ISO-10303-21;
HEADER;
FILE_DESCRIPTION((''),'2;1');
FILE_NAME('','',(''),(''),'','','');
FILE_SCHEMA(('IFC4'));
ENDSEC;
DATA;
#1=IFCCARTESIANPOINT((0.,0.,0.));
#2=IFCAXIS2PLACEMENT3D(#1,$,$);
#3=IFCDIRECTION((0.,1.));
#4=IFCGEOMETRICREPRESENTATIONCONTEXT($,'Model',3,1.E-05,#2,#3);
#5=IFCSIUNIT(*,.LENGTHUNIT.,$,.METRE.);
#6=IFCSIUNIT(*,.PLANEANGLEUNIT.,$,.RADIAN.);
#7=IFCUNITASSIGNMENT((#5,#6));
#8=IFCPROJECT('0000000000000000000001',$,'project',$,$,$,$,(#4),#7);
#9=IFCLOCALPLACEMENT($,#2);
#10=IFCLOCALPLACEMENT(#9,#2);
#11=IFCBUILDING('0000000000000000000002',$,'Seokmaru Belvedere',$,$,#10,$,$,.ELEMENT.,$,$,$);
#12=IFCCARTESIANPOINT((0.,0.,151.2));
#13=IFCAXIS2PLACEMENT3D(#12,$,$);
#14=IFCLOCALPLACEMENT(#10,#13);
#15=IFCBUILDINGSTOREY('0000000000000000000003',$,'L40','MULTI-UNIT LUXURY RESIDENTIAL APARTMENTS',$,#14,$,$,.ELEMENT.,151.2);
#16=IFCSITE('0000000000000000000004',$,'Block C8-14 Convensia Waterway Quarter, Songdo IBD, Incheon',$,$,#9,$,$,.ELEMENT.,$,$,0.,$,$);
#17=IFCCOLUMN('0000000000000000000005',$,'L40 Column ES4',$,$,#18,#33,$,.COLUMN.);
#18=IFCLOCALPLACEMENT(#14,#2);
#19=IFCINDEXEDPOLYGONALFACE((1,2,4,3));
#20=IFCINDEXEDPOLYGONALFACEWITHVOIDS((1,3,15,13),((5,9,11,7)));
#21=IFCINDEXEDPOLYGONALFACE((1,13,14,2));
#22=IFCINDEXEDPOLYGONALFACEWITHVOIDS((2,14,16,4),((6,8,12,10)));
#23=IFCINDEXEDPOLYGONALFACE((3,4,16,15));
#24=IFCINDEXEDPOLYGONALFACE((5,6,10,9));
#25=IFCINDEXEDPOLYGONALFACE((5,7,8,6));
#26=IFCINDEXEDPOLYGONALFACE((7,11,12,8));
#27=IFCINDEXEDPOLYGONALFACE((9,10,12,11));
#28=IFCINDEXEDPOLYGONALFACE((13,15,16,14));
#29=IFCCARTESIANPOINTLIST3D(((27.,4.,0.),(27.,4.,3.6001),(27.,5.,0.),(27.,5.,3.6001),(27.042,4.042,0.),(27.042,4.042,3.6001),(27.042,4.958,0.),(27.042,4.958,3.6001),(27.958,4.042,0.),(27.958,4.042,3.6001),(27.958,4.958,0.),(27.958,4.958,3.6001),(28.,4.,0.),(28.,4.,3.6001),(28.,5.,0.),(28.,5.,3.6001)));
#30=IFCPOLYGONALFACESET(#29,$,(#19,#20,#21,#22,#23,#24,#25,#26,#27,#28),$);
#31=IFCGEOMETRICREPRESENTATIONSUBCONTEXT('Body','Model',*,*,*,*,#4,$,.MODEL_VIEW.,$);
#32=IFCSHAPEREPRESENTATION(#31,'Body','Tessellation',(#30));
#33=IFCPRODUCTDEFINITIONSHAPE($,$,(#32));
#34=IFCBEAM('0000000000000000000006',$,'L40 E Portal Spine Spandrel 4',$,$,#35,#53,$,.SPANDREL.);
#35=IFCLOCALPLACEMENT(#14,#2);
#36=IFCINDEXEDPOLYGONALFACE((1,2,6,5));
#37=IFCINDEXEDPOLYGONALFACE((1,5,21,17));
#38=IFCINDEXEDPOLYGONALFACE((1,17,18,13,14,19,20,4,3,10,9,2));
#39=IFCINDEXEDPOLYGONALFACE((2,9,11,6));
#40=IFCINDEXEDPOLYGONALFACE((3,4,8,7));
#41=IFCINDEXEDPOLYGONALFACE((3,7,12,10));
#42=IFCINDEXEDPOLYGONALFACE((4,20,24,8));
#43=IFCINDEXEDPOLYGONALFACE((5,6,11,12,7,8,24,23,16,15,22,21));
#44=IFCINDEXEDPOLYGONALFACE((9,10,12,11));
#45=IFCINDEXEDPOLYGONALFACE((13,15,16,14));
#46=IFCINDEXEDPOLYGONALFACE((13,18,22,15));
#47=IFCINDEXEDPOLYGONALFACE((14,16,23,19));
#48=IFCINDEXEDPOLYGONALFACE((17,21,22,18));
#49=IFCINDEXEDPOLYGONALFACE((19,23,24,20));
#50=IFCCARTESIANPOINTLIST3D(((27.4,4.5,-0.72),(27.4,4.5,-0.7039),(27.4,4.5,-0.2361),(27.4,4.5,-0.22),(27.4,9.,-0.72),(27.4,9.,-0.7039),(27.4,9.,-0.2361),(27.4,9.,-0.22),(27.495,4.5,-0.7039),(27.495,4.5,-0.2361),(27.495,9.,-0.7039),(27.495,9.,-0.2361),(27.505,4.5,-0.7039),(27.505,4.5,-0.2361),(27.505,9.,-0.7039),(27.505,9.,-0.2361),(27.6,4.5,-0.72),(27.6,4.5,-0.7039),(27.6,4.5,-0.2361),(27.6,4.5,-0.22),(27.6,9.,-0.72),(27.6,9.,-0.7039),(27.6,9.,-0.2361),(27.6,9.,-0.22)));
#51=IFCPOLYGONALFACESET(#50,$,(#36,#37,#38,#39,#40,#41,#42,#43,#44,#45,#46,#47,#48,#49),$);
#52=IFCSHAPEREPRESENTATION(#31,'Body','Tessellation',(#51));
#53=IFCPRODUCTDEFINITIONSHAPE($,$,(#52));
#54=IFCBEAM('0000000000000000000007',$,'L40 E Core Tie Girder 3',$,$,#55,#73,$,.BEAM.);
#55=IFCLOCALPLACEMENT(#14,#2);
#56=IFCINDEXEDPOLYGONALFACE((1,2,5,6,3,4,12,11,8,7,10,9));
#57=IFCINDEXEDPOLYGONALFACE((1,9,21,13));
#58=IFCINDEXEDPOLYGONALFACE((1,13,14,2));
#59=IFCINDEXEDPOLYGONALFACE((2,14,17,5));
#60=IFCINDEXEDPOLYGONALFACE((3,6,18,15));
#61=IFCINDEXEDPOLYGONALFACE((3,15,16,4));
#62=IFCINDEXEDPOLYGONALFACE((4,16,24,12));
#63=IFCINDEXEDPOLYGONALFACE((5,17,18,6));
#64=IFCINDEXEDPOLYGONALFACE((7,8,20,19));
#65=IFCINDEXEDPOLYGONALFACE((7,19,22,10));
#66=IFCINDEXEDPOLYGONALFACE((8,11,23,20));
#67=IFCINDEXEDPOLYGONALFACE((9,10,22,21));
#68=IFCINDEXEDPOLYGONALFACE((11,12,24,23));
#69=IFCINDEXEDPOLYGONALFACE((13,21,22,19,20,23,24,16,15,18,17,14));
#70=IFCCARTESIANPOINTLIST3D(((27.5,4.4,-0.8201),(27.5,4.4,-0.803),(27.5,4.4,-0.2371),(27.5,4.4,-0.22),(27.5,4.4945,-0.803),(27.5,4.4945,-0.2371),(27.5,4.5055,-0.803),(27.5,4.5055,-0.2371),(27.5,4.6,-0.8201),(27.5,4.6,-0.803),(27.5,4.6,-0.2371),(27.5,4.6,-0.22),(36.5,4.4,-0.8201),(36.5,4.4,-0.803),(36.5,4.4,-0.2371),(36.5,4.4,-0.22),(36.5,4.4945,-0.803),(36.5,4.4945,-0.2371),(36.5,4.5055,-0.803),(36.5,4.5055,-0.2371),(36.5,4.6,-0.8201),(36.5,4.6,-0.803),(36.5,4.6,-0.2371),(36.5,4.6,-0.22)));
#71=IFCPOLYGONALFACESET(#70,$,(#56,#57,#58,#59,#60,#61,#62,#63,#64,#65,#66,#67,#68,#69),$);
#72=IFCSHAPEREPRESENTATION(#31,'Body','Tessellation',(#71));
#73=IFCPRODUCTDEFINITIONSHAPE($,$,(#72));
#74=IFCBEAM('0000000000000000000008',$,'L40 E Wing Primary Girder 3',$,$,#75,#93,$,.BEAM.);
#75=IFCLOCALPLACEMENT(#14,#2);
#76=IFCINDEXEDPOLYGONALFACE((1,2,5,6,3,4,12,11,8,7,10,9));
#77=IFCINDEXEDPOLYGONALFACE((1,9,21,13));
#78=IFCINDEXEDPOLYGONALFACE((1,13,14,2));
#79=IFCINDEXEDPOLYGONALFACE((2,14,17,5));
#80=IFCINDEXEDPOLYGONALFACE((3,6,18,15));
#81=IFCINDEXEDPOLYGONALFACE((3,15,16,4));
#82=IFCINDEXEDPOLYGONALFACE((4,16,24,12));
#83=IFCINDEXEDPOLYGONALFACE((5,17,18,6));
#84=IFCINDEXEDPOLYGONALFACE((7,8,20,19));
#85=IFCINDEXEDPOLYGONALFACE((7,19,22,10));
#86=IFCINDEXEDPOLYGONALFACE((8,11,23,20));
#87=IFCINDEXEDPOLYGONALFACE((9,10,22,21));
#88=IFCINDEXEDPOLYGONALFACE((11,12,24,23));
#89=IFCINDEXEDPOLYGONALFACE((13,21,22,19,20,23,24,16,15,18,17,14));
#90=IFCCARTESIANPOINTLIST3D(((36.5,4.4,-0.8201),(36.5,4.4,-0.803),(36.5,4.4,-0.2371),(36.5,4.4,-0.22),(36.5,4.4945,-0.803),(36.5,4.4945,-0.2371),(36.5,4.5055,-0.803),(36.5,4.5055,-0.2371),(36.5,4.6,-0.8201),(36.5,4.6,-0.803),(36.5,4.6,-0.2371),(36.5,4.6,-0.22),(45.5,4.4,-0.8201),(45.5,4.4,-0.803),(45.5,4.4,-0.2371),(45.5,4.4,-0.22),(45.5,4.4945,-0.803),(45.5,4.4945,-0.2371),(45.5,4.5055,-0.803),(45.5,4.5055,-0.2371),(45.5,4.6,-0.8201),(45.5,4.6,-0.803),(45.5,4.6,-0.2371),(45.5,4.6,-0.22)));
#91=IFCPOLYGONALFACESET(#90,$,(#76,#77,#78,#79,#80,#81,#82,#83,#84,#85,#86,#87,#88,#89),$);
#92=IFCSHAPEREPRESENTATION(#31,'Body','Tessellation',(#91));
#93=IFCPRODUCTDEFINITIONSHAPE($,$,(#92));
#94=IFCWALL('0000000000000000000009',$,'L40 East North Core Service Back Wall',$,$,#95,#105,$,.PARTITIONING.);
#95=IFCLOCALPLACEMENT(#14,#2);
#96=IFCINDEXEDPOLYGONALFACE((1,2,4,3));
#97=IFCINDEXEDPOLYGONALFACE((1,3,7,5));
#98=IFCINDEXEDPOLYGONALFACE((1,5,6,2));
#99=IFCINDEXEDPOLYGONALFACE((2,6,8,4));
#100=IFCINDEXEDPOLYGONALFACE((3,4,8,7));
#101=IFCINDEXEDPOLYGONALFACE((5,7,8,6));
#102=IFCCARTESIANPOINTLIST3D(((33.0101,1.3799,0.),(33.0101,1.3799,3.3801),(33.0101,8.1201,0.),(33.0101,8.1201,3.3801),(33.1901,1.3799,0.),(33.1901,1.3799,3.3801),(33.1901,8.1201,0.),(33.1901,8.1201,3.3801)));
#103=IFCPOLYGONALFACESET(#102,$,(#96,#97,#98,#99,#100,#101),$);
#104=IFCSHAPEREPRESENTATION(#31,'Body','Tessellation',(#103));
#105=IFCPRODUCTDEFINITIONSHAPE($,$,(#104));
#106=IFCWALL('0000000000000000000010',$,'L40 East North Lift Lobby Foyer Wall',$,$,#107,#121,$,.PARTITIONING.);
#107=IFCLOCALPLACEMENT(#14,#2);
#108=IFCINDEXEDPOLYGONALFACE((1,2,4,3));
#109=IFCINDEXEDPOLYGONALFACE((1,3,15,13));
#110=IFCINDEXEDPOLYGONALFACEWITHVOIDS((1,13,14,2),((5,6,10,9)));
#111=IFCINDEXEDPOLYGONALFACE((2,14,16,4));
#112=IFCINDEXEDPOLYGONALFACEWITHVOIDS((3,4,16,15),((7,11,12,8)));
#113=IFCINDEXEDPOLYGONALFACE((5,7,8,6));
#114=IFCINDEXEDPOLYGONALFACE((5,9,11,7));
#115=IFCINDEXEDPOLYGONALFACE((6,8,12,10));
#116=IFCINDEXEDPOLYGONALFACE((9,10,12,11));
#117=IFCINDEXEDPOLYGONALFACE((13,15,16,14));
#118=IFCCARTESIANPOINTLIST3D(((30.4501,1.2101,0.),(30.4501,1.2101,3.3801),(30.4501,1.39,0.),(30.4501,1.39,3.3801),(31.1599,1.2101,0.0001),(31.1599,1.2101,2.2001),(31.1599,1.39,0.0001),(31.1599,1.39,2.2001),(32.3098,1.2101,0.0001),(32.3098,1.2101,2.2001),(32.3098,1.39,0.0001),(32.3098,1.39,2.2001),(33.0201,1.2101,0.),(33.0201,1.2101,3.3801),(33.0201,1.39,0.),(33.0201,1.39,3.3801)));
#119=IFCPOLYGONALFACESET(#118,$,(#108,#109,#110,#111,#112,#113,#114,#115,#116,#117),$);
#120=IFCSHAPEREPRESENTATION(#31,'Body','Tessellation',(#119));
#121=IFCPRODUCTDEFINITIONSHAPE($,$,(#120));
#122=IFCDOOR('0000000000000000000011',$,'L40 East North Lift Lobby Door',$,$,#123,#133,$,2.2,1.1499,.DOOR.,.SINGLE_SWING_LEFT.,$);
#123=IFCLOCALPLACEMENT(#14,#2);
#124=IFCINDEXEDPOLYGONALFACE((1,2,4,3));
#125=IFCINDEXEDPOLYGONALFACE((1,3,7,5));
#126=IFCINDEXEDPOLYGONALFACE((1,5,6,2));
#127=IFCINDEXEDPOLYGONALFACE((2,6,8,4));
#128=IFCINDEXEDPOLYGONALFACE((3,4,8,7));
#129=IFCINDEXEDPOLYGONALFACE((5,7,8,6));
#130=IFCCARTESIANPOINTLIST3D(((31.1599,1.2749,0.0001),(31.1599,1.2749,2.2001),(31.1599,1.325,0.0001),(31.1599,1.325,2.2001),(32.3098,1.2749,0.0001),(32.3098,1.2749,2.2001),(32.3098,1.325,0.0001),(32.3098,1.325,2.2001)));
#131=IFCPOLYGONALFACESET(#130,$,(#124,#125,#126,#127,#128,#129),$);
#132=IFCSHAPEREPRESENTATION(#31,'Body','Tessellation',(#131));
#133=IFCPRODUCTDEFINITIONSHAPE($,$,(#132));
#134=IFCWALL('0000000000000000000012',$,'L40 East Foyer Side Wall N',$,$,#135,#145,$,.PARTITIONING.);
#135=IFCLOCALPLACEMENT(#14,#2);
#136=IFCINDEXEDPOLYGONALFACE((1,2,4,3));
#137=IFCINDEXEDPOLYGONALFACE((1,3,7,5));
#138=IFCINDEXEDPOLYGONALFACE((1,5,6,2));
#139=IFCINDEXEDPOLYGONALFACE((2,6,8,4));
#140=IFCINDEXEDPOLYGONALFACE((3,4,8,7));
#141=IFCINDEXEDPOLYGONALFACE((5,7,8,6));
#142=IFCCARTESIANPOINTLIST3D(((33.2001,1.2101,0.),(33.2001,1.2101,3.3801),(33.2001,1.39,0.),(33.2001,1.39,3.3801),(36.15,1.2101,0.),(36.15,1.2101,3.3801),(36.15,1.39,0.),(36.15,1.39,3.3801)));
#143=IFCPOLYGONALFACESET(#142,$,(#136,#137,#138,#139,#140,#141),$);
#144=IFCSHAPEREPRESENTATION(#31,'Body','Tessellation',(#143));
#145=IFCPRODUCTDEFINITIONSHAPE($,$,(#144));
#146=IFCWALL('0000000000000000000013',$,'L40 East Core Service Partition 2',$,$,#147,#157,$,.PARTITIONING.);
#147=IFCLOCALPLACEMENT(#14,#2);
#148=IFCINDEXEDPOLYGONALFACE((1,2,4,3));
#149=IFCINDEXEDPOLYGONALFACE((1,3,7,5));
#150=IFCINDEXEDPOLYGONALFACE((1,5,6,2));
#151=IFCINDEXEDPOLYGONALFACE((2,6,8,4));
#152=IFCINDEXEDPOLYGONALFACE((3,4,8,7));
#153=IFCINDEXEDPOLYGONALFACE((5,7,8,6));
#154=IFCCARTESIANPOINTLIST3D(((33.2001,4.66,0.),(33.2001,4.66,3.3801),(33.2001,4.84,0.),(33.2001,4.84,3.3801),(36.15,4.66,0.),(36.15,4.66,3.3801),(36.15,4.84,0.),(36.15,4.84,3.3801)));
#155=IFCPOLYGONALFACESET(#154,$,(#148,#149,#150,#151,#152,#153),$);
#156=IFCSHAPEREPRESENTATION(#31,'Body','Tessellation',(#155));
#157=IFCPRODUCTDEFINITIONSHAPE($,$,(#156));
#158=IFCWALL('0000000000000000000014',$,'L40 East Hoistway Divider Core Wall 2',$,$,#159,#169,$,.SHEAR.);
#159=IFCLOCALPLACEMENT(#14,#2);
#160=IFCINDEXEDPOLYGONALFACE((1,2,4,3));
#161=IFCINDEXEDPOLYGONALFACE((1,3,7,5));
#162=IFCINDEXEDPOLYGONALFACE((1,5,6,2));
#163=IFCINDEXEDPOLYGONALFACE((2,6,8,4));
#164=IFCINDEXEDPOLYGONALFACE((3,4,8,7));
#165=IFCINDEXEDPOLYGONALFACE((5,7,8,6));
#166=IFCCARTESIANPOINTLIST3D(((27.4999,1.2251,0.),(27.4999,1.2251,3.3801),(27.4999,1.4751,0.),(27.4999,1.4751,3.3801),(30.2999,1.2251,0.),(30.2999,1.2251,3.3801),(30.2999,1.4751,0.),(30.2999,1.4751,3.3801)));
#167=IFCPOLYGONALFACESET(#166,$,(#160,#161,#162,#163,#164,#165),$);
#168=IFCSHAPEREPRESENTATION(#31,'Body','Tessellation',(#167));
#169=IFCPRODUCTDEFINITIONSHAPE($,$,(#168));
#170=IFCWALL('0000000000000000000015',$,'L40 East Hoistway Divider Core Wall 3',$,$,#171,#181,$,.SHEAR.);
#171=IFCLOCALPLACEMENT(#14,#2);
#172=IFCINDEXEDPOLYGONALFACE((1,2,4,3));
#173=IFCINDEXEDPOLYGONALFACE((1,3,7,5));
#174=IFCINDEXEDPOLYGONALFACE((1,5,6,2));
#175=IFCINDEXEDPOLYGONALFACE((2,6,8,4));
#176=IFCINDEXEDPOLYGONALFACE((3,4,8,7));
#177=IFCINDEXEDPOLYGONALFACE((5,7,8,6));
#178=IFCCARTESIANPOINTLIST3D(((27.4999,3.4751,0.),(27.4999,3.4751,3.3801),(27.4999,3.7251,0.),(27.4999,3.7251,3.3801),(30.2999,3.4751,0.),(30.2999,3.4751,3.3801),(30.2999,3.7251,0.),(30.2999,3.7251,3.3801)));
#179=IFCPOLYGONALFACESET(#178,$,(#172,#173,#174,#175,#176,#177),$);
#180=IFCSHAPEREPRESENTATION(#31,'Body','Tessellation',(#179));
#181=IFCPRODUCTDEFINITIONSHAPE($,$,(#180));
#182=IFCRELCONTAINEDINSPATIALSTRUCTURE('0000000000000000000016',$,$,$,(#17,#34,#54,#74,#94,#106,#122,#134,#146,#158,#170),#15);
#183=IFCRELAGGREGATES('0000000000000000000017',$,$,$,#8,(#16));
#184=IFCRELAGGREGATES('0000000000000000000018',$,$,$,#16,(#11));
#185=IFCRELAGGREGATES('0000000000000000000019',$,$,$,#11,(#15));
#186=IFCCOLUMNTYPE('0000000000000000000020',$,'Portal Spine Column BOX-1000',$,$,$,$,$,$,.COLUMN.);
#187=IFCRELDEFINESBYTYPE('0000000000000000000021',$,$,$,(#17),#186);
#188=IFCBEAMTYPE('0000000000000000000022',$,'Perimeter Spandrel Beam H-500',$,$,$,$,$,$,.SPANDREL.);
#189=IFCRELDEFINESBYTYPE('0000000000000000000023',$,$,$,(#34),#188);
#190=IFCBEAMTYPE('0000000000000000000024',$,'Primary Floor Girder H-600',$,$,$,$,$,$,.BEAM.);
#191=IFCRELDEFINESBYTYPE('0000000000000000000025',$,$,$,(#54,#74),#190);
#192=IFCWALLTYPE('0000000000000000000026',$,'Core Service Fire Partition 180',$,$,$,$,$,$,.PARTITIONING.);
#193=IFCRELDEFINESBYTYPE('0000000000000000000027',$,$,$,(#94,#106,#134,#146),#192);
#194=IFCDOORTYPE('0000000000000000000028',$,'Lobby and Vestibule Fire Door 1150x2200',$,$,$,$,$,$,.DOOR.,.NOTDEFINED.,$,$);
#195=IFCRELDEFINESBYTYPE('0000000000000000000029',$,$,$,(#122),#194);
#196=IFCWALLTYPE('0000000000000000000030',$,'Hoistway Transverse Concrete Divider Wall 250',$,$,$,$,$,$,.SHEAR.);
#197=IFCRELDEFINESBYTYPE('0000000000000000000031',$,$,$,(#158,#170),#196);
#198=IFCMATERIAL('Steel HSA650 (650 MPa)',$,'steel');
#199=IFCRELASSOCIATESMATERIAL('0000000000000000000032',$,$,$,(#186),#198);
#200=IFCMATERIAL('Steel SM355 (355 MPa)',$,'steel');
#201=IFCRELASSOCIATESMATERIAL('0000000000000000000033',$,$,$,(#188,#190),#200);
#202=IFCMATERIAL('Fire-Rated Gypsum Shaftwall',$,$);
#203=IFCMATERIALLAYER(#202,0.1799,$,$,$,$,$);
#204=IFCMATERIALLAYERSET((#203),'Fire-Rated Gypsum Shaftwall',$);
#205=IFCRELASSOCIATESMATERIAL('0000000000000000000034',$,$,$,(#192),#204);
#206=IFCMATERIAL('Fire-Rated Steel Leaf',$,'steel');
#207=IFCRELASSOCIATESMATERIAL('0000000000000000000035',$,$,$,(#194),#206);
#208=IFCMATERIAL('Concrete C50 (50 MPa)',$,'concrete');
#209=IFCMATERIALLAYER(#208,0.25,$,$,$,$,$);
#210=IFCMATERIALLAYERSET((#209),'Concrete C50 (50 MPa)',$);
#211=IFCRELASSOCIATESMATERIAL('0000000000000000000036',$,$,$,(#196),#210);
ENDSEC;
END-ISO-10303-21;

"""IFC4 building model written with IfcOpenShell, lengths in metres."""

from ifc_helpers import new_model, si_unit, direction, frame, frame_2d, origin, origin_2d, place, context, subcontext, project, spatial, rectangle, hollow_rectangle, i_section, extrude, source, transform, mapped, material, layer, layer_set, material_profile, profile_set, type_object, type_shapes, element, fill, save


model = new_model("IFC4")

# Units and contexts
model_context = context("Model", 3, precision=1e-05, world=origin(), true_north=direction((0.0, 1.0)))
body_context = subcontext(model_context, "Body", "Model", "MODEL_VIEW")
ifc_project = project(units=[si_unit("LENGTHUNIT", "METRE"), si_unit("PLANEANGLEUNIT", "RADIAN")], contexts=[model_context])

# Site, building, storey
site_placement = place(None, origin())
site = spatial("IfcSite", under=ifc_project, at=site_placement, Name="Block C8-14 Convensia Waterway Quarter, Songdo IBD, Incheon", CompositionType="ELEMENT", RefElevation=0.0)
building_placement = place(site_placement, origin())
building = spatial("IfcBuilding", under=site, at=building_placement, Name="Seokmaru Belvedere", CompositionType="ELEMENT")
storey_placement = place(building_placement, frame((0.0, 0.0, 151.2)))
storey = spatial("IfcBuildingStorey", under=building, at=storey_placement, Name="L40", Description="MULTI-UNIT LUXURY RESIDENTIAL APARTMENTS", CompositionType="ELEMENT", Elevation=151.2)

# Column
ifc_material_1 = material(Name="Steel HSA650 (650 MPa)", Category="steel")
ifc_material_profile_1 = material_profile(ifc_material_1, hollow_rectangle(XDim=1.0, YDim=1.0, WallThickness=0.042, at=origin_2d()), Name="BOX-1000x1000x42")
ifc_profile_set_1 = profile_set([ifc_material_profile_1], Name="Steel HSA650 (650 MPa)")
column_type = type_object("IfcColumnType", Name="Portal Spine Column BOX-1000", PredefinedType="COLUMN", material=ifc_profile_set_1)
shared_shape_1 = source(origin(), body_context, "Body", "SweptSolid", [
    extrude(hollow_rectangle(XDim=1.0, YDim=1.0, WallThickness=0.042, at=origin_2d()), origin(), (0.0, 0.0, 1.0), 3.6001),
])
type_shapes(column_type, [shared_shape_1])
column_placement = place(storey_placement, frame((27.5, 4.5, 0.0), z_axis=(0.0, 0.0, 1.0), x_axis=(1.0, 0.0, 0.0)))
element("IfcColumn", 1, at=column_placement, inside=storey, type_object=column_type, Name="L40 Column ES4", PredefinedType="COLUMN", context=body_context, shape_type="MappedRepresentation", body=[
    mapped(shared_shape_1, transform((0.0, 0.0, 0.0), scale=1.0)),
])

# Beams
ifc_material_2 = material(Name="Steel SM355 (355 MPa)", Category="steel")
ifc_material_profile_2 = material_profile(ifc_material_2, i_section(OverallWidth=0.2, OverallDepth=0.5, WebThickness=0.01, FlangeThickness=0.0161, at=origin_2d()), Name="H-500x200x10x16")
ifc_profile_set_2 = profile_set([ifc_material_profile_2], Name="Steel SM355 (355 MPa)")
beam_type_1 = type_object("IfcBeamType", Name="Perimeter Spandrel Beam H-500", PredefinedType="SPANDREL", material=ifc_profile_set_2)
shared_shape_2 = source(origin(), body_context, "Body", "SweptSolid", [
    extrude(i_section(OverallWidth=0.2, OverallDepth=0.5, WebThickness=0.01, FlangeThickness=0.0161, at=origin_2d()), origin(), (0.0, 0.0, 1.0), 4.5),
])
type_shapes(beam_type_1, [shared_shape_2])
beam_placement = place(storey_placement, frame((27.5, 4.5, -0.47), z_axis=(0.0, 1.0, 0.0), x_axis=(-1.0, 0.0, 0.0)))
element("IfcBeam", 2, at=beam_placement, inside=storey, type_object=beam_type_1, Name="L40 E Portal Spine Spandrel 4", PredefinedType="SPANDREL", context=body_context, shape_type="MappedRepresentation", body=[
    mapped(shared_shape_2, transform((0.0, 0.0, 0.0), scale=1.0)),
])
ifc_material_profile_3 = material_profile(ifc_material_2, i_section(OverallWidth=0.2, OverallDepth=0.6001, WebThickness=0.011, FlangeThickness=0.0171, at=origin_2d()), Name="H-600x200x11x17")
ifc_profile_set_3 = profile_set([ifc_material_profile_3], Name="Steel SM355 (355 MPa)")
beam_type_2 = type_object("IfcBeamType", Name="Primary Floor Girder H-600", PredefinedType="BEAM", material=ifc_profile_set_3)
shared_shape_3 = source(origin(), body_context, "Body", "SweptSolid", [
    extrude(i_section(OverallWidth=0.2, OverallDepth=0.6001, WebThickness=0.011, FlangeThickness=0.0171, at=origin_2d()), origin(), (0.0, 0.0, 1.0), 9.0),
])
type_shapes(beam_type_2, [shared_shape_3])
for number, where, z_axis, x_axis, name in (
    (3, (27.5, 4.5, -0.52), (1.0, 0.0, 0.0), (0.0, 1.0, 0.0), "L40 E Core Tie Girder 3"),
    (4, (36.5, 4.5, -0.52), (1.0, 0.0, 0.0), (0.0, 1.0, 0.0), "L40 E Wing Primary Girder 3"),
):
    element("IfcBeam", number, at=place(storey_placement, frame(where, z_axis=z_axis, x_axis=x_axis)), inside=storey, type_object=beam_type_2, Name=name, PredefinedType="BEAM", context=body_context, shape_type="MappedRepresentation", body=[
        mapped(shared_shape_3, transform((0.0, 0.0, 0.0), scale=1.0)),
    ])

# Wall
ifc_material_3 = material(Name="Fire-Rated Gypsum Shaftwall")
ifc_layer_1 = layer(ifc_material_3, 0.1799)
ifc_layer_set_1 = layer_set([ifc_layer_1], Name="Fire-Rated Gypsum Shaftwall")
wall_type_1 = type_object("IfcWallType", Name="Core Service Fire Partition 180", PredefinedType="PARTITIONING", material=ifc_layer_set_1)
wall_1_placement = place(storey_placement, frame((33.1001, 1.3799, 0.0), z_axis=(0.0, 0.0, 1.0), x_axis=(0.0, 1.0, 0.0)))
element("IfcWall", 5, at=wall_1_placement, inside=storey, type_object=wall_type_1, Name="L40 East North Core Service Back Wall", PredefinedType="PARTITIONING", context=body_context, shape_type="SweptSolid", body=[
    extrude(rectangle(XDim=6.7402, YDim=0.1799, at=frame_2d((3.3701, 0.0))), origin(), (0.0, 0.0, 1.0), 3.3801),
])

# Wall, opening, door
wall_2_placement = place(storey_placement, frame((30.45, 1.3, 0.0), z_axis=(0.0, 0.0, 1.0), x_axis=(1.0, 0.0, 0.0)))
wall_2 = element("IfcWall", 6, at=wall_2_placement, inside=storey, type_object=wall_type_1, Name="L40 East North Lift Lobby Foyer Wall", PredefinedType="PARTITIONING", context=body_context, shape_type="SweptSolid", body=[
    extrude(rectangle(XDim=2.5701, YDim=0.1799, at=frame_2d((1.2852, 0.0))), origin(), (0.0, 0.0, 1.0), 3.3801),
])
opening_1_placement = place(wall_2_placement, frame((0.71, 0.0, 0.0)))
opening_1 = element("IfcOpeningElement", 7, at=opening_1_placement, cuts=wall_2, PredefinedType="OPENING", context=body_context, shape_type="SweptSolid", body=[
    extrude(rectangle(XDim=1.1499, YDim=2.2, at=frame_2d((0.575, 1.1001))), frame((0.0, 0.1001, 0.0), z_axis=(0.0, -1.0, 0.0), x_axis=(1.0, 0.0, 0.0)), (0.0, 0.0, 1.0), 0.2),
])
ifc_material_4 = material(Name="Fire-Rated Steel Leaf", Category="steel")
door_type_1 = type_object("IfcDoorType", Name="Lobby and Vestibule Fire Door 1150x2200", OperationType="NOTDEFINED", PredefinedType="DOOR", material=ifc_material_4)
shared_shape_4 = source(origin(), body_context, "Body", "SweptSolid", [
    extrude(rectangle(XDim=1.1499, YDim=2.2, at=frame_2d((0.575, 1.1001))), frame((0.0, 0.0249, 0.0), z_axis=(0.0, -1.0, 0.0), x_axis=(1.0, 0.0, 0.0)), (0.0, 0.0, 1.0), 0.05),
])
type_shapes(door_type_1, [shared_shape_4])
door_1_placement = place(opening_1_placement, origin())
door_1 = element("IfcDoor", 8, at=door_1_placement, inside=storey, type_object=door_type_1, Name="L40 East North Lift Lobby Door", OperationType="SINGLE_SWING_LEFT", OverallHeight=2.2, OverallWidth=1.1499, PredefinedType="DOOR", context=body_context, shape_type="MappedRepresentation", body=[
    mapped(shared_shape_4, transform((0.0, 0.0, 0.0), scale=1.0)),
])
fill(opening_1, door_1)

# Walls
for number, where, z_axis, x_axis, name in (
    (9, (33.2, 1.3, 0.0), (0.0, 0.0, 1.0), (1.0, 0.0, 0.0), "L40 East Foyer Side Wall N"),
    (10, (33.2, 4.75, 0.0), (0.0, 0.0, 1.0), (1.0, 0.0, 0.0), "L40 East Core Service Partition 2"),
):
    element("IfcWall", number, at=place(storey_placement, frame(where, z_axis=z_axis, x_axis=x_axis)), inside=storey, type_object=wall_type_1, Name=name, PredefinedType="PARTITIONING", context=body_context, shape_type="SweptSolid", body=[
        extrude(rectangle(XDim=2.95, YDim=0.1799, at=frame_2d((1.4751, 0.0))), origin(), (0.0, 0.0, 1.0), 3.3801),
    ])
ifc_material_5 = material(Name="Concrete C50 (50 MPa)", Category="concrete")
ifc_layer_2 = layer(ifc_material_5, 0.25)
ifc_layer_set_2 = layer_set([ifc_layer_2], Name="Concrete C50 (50 MPa)")
wall_type_2 = type_object("IfcWallType", Name="Hoistway Transverse Concrete Divider Wall 250", PredefinedType="SHEAR", material=ifc_layer_set_2)
for number, where, z_axis, x_axis, name in (
    (11, (27.5, 1.3501, 0.0), (0.0, 0.0, 1.0), (1.0, 0.0, 0.0), "L40 East Hoistway Divider Core Wall 2"),
    (12, (27.5, 3.6001, 0.0), (0.0, 0.0, 1.0), (1.0, 0.0, 0.0), "L40 East Hoistway Divider Core Wall 3"),
):
    element("IfcWall", number, at=place(storey_placement, frame(where, z_axis=z_axis, x_axis=x_axis)), inside=storey, type_object=wall_type_2, Name=name, PredefinedType="SHEAR", context=body_context, shape_type="SweptSolid", body=[
        extrude(rectangle(XDim=2.8, YDim=0.25, at=frame_2d((1.3999, 0.0))), origin(), (0.0, 0.0, 1.0), 3.3801),
    ])

save(model, "model.ifc")
